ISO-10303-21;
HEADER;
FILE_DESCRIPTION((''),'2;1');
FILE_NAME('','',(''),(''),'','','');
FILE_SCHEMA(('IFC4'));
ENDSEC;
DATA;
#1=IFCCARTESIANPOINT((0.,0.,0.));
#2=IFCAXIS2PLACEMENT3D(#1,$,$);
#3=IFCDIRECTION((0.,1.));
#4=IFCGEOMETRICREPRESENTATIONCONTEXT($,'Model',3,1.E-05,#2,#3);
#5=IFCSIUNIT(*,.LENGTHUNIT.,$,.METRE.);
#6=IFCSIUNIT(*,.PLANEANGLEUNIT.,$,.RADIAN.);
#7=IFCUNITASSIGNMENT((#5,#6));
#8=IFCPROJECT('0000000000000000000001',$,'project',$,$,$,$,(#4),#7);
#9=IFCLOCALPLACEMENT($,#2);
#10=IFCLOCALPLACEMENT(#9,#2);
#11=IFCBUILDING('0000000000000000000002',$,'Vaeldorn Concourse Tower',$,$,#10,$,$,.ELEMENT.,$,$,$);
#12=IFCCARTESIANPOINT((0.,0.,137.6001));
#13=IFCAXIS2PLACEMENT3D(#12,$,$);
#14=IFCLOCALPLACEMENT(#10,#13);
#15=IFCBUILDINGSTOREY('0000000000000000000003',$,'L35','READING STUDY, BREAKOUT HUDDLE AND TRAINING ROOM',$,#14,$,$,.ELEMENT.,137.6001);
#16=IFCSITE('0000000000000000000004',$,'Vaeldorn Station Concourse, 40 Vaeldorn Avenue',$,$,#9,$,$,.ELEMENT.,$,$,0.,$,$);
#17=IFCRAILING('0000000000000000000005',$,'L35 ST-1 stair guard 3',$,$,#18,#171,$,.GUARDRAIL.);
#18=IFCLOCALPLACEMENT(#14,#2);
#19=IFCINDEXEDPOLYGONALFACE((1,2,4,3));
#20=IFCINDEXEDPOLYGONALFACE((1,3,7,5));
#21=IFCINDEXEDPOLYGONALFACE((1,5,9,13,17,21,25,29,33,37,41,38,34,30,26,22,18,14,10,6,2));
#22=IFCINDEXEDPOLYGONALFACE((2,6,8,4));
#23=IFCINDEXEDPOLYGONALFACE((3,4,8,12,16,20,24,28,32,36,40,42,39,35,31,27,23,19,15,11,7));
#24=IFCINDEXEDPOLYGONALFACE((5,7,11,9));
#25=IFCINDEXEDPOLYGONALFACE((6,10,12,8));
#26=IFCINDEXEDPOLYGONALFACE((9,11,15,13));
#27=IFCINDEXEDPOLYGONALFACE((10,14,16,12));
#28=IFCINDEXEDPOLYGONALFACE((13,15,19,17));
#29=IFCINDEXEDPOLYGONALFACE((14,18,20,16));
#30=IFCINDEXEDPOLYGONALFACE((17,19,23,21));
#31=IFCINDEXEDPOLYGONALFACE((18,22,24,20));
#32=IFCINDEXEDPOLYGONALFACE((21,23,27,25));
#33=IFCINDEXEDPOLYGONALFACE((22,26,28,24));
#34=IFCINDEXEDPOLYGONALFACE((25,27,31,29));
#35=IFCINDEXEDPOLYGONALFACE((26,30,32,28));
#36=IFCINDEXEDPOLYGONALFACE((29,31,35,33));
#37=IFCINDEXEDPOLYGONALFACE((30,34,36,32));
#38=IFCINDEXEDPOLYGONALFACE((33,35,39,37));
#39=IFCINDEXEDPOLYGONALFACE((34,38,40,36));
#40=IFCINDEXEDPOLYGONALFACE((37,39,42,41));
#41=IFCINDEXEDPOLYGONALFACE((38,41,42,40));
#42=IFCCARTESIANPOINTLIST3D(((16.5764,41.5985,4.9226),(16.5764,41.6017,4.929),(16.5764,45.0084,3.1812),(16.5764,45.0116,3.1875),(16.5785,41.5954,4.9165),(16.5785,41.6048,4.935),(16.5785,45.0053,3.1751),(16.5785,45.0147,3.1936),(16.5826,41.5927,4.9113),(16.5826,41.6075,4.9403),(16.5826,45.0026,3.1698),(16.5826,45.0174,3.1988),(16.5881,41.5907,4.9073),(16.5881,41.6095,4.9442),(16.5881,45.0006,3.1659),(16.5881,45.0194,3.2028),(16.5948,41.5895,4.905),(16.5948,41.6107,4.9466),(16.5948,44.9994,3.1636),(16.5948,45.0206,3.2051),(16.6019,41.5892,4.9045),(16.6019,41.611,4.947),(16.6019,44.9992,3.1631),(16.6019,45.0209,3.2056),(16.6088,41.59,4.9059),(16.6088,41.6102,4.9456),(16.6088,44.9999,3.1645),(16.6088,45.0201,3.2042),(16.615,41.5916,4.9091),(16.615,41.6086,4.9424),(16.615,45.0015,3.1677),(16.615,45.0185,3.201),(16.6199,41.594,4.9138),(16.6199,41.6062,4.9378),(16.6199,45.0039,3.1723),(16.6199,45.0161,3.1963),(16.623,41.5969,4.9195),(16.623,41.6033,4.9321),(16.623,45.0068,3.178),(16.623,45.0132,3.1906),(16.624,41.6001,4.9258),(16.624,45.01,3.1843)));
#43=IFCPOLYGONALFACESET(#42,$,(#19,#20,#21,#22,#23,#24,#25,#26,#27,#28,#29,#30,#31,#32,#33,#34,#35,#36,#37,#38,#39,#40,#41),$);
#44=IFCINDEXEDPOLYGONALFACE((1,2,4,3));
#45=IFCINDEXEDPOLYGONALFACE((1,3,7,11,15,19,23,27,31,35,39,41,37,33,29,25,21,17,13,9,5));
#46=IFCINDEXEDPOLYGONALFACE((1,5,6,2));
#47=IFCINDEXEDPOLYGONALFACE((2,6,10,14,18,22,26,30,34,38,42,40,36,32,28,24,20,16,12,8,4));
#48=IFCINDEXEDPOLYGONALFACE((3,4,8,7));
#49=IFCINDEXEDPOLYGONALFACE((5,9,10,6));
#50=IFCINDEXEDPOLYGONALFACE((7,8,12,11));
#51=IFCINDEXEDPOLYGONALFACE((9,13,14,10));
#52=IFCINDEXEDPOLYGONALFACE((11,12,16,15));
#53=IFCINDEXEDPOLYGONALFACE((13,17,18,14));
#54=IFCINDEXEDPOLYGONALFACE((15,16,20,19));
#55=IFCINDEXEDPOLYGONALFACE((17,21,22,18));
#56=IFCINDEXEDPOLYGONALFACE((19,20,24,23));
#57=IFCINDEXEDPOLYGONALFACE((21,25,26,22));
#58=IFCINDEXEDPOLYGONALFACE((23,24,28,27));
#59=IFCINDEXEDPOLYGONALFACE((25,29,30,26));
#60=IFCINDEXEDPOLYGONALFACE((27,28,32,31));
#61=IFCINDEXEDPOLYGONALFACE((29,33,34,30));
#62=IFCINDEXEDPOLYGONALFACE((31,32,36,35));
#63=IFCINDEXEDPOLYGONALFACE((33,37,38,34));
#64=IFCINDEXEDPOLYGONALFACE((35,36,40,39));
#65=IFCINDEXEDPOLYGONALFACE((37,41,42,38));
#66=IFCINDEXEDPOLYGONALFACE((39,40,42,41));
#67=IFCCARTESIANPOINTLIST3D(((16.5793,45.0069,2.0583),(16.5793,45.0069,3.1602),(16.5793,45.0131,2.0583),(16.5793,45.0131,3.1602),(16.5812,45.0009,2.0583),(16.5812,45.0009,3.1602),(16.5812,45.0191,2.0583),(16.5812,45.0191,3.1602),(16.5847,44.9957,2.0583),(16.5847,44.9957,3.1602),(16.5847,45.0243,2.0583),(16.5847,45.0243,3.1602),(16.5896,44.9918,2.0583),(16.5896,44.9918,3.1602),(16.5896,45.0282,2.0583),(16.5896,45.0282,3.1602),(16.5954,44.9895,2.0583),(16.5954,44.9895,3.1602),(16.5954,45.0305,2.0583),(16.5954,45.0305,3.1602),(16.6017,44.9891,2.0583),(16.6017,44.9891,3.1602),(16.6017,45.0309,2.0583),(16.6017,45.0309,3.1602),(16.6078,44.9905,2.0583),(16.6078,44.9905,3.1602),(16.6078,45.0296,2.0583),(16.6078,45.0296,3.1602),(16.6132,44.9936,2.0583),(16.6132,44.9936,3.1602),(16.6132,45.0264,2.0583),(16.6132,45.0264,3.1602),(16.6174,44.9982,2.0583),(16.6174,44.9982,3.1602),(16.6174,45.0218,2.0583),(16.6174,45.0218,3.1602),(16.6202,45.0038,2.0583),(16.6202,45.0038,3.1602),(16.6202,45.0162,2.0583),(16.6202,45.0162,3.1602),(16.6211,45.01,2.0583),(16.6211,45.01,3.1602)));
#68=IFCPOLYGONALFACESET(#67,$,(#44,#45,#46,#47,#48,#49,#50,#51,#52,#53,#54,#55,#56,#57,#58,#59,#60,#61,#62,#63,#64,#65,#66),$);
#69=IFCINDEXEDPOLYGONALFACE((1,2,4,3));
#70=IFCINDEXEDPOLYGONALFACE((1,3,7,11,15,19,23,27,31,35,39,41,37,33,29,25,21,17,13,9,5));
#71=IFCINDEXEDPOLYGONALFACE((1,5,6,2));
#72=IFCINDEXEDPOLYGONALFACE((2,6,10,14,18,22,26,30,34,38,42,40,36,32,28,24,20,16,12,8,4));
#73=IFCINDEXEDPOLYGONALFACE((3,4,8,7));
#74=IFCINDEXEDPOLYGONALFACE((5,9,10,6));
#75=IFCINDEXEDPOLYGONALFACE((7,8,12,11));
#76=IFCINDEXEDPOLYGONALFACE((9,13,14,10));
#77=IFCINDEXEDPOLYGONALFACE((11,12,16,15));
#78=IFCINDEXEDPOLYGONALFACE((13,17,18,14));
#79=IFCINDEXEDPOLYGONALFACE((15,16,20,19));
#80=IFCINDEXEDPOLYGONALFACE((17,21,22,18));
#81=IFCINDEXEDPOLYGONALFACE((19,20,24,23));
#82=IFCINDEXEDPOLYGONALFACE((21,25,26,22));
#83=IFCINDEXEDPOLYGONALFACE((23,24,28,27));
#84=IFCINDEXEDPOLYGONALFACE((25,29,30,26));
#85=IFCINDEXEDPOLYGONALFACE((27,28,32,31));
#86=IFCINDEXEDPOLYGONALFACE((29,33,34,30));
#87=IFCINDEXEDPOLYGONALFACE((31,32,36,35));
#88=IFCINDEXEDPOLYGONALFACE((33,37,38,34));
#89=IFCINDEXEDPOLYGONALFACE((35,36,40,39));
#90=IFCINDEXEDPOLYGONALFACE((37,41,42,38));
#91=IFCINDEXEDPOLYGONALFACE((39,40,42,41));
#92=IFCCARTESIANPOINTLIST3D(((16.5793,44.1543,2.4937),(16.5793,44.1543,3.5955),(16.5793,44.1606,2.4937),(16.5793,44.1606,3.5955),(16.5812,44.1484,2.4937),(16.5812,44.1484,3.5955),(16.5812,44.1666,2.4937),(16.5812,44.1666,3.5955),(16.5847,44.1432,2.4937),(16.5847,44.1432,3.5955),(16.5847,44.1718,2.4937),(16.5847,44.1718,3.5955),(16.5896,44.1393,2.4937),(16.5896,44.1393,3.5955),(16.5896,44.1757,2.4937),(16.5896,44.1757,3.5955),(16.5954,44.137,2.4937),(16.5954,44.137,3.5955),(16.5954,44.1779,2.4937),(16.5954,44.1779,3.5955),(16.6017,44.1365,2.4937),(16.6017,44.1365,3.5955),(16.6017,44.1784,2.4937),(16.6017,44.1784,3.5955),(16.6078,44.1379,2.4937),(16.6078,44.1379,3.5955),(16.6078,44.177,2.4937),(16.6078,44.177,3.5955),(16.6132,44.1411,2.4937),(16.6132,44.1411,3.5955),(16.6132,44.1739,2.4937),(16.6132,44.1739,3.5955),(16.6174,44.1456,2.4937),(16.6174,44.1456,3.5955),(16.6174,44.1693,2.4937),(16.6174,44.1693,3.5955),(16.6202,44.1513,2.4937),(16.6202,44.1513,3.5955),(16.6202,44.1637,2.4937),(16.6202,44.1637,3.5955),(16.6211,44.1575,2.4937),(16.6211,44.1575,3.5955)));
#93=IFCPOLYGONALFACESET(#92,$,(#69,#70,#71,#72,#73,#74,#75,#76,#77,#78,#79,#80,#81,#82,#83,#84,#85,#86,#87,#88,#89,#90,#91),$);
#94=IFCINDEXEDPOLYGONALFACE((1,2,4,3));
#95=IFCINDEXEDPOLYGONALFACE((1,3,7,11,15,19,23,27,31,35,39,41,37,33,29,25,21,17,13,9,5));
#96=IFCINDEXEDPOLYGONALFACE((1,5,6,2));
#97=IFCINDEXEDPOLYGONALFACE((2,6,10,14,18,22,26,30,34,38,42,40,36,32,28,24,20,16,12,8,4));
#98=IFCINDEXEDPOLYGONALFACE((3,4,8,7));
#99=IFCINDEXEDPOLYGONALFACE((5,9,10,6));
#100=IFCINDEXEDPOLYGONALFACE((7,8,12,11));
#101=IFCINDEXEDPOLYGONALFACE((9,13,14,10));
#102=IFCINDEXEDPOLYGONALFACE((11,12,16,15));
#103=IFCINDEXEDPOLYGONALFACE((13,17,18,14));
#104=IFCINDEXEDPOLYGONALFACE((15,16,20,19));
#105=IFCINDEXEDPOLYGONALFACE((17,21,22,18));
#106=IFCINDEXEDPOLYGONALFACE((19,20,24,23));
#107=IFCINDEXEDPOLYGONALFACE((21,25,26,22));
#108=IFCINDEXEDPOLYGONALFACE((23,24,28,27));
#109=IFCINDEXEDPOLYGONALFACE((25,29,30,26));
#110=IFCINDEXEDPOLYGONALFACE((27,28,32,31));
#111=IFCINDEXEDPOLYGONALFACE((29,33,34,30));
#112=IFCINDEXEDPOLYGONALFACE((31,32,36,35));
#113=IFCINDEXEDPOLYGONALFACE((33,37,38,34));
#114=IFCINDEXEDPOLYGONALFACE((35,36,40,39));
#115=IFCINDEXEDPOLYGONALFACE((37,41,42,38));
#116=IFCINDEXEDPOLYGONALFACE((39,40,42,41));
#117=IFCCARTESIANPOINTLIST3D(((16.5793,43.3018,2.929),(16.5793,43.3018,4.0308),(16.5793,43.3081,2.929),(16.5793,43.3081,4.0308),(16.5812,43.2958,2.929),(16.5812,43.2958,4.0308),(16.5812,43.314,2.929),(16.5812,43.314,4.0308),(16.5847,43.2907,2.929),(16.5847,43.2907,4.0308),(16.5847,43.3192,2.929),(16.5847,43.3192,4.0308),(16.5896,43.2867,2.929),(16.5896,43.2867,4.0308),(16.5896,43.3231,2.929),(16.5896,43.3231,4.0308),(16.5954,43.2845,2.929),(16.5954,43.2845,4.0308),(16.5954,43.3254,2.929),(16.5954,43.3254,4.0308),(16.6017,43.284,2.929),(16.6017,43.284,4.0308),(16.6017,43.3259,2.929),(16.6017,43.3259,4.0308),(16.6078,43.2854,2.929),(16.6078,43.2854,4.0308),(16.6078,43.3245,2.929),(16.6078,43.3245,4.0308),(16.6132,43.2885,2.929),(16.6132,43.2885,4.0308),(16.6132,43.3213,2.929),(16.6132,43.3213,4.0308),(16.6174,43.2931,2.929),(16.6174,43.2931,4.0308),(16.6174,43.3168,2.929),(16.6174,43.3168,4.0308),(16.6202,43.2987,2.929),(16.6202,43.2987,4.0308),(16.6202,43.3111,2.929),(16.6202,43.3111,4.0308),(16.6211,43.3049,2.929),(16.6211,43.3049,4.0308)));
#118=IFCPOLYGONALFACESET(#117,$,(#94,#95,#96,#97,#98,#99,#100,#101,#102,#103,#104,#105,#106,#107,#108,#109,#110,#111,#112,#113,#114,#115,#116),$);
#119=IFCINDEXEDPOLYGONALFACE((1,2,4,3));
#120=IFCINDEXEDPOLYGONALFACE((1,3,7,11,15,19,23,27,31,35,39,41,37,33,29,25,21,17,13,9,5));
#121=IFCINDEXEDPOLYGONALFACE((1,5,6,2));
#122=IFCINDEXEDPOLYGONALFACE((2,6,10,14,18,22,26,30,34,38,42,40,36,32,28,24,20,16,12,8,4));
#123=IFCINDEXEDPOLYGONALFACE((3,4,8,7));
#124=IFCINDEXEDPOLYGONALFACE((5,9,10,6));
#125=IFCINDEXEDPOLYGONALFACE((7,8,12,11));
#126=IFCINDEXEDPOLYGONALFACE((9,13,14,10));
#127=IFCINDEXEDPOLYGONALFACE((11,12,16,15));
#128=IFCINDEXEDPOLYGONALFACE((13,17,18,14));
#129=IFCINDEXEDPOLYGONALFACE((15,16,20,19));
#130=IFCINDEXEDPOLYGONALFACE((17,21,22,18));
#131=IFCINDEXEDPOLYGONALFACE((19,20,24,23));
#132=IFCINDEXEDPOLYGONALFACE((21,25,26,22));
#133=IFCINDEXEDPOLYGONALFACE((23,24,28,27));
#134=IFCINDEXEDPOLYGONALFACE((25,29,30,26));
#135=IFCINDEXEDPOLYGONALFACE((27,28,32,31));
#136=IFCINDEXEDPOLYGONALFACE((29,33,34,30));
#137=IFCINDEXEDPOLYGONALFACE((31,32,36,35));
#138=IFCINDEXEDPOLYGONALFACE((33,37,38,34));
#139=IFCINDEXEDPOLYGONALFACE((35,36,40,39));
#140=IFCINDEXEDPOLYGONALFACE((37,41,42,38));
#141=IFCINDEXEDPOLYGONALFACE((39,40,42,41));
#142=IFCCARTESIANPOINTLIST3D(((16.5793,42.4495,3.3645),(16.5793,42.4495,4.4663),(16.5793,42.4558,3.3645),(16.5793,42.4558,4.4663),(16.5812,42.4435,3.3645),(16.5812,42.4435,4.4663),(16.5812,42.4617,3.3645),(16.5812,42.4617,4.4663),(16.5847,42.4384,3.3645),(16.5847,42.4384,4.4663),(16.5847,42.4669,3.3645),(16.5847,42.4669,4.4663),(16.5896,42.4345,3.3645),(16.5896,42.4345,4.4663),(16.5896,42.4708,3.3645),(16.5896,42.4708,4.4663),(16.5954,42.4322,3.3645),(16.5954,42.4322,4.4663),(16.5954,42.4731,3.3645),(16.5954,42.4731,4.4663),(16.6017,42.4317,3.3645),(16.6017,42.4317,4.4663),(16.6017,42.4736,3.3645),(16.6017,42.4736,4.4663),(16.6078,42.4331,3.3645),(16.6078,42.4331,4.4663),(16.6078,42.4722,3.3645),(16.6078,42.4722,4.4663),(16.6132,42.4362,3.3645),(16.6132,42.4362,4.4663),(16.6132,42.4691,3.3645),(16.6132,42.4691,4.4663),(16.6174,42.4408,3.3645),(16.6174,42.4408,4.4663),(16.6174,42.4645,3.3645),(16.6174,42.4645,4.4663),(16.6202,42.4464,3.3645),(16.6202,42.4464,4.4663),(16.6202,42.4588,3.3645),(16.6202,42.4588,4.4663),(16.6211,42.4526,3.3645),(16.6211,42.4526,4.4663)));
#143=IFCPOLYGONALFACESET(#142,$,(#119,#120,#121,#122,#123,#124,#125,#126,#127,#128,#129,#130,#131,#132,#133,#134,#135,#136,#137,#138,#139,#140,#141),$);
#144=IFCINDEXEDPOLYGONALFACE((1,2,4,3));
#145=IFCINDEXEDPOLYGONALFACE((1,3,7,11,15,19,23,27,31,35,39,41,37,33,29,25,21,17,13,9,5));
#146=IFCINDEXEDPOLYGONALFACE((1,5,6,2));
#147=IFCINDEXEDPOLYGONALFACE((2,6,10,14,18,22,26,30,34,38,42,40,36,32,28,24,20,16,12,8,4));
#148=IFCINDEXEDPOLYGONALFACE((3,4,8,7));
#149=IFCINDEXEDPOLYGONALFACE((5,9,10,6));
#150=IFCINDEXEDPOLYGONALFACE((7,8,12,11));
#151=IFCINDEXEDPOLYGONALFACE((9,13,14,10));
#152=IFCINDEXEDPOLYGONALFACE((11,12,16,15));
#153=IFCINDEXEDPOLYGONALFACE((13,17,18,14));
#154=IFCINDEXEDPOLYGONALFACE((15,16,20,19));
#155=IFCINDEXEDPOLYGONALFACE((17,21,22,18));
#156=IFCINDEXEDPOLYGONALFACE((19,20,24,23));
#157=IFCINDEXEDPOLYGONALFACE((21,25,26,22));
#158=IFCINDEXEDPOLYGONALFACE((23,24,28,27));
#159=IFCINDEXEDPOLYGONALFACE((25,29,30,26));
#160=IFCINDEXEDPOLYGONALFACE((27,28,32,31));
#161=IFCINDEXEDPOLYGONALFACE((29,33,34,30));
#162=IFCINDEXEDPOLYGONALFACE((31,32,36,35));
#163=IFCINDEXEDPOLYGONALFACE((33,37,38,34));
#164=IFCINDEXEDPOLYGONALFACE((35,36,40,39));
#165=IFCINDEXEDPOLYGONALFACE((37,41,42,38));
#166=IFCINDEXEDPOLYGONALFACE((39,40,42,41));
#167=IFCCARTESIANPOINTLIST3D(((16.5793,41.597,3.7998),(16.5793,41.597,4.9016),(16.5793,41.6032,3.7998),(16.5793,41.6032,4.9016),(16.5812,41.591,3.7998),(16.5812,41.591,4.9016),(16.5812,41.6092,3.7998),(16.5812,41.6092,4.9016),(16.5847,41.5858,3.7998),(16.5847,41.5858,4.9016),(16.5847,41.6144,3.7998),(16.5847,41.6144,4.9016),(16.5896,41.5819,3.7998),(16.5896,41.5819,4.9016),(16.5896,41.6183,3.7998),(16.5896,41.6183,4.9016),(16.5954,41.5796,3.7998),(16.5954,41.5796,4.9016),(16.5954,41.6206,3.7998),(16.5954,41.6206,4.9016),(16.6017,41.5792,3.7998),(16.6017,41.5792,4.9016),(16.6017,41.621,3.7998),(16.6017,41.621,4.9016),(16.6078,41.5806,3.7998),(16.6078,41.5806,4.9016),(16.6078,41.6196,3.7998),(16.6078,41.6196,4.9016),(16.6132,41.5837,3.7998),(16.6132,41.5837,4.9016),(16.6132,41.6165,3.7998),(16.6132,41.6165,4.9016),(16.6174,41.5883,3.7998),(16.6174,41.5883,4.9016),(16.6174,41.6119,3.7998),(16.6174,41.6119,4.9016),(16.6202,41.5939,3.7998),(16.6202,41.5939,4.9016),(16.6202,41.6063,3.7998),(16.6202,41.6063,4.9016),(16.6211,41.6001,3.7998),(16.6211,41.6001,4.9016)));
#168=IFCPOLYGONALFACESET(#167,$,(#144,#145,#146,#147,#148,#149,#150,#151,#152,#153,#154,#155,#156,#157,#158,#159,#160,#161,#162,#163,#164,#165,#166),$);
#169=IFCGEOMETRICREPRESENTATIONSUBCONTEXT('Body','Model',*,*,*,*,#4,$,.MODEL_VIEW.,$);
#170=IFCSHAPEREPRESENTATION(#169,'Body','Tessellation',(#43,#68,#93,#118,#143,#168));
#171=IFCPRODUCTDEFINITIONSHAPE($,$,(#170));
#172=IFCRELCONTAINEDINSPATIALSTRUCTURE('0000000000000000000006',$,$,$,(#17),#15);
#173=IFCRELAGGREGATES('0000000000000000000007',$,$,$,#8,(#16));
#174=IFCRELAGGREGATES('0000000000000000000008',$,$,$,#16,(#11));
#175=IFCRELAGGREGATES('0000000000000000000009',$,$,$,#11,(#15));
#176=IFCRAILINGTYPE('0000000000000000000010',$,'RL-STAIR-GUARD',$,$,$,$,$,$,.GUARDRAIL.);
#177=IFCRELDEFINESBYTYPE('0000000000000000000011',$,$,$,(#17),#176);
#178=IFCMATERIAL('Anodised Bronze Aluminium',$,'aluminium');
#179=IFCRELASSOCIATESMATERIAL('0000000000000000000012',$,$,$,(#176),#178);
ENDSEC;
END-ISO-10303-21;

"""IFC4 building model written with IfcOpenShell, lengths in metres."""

from ifc_helpers import new_model, si_unit, direction, frame, origin, origin_2d, place, context, subcontext, project, spatial, circle, extrude, material, type_object, element, save


model = new_model("IFC4")

# Units and contexts
model_context = context("Model", 3, precision=1e-05, world=origin(), true_north=direction((0.0, 1.0)))
body_context = subcontext(model_context, "Body", "Model", "MODEL_VIEW")
ifc_project = project(units=[si_unit("LENGTHUNIT", "METRE"), si_unit("PLANEANGLEUNIT", "RADIAN")], contexts=[model_context])

# Site, building, storey
site_placement = place(None, origin())
site = spatial("IfcSite", under=ifc_project, at=site_placement, Name="Vaeldorn Station Concourse, 40 Vaeldorn Avenue", CompositionType="ELEMENT", RefElevation=0.0)
building_placement = place(site_placement, origin())
building = spatial("IfcBuilding", under=site, at=building_placement, Name="Vaeldorn Concourse Tower", CompositionType="ELEMENT")
storey_placement = place(building_placement, frame((0.0, 0.0, 137.6001)))
storey = spatial("IfcBuildingStorey", under=building, at=storey_placement, Name="L35", Description="READING STUDY, BREAKOUT HUDDLE AND TRAINING ROOM", CompositionType="ELEMENT", Elevation=137.6001)

# Shared definitions
ifc_material_1 = material(Name="Anodised Bronze Aluminium", Category="aluminium")

# Railing
railing_type_1 = type_object("IfcRailingType", Name="RL-STAIR-GUARD", PredefinedType="GUARDRAIL", material=ifc_material_1)
railing_1_placement = place(storey_placement, frame((16.6001, 45.01, 2.0583)))
element("IfcRailing", 1, at=railing_1_placement, inside=storey, type_object=railing_type_1, Name="L35 ST-1 stair guard 3", PredefinedType="GUARDRAIL", context=body_context, shape_type="SweptSolid", body=[
    extrude(circle(Radius=0.0239, at=origin_2d()), frame((0.0, 0.0, 1.126), z_axis=(0.0, -0.890582, 0.454823), x_axis=(1.0, 0.0, 0.0)), (0.0, 0.0, 1.0), 3.8289),
    extrude(circle(Radius=0.021, at=origin_2d()), origin(), (0.0, 0.0, 1.0), 1.1018),
    extrude(circle(Radius=0.021, at=origin_2d()), frame((0.0, -0.8525, 0.4353)), (0.0, 0.0, 1.0), 1.1018),
    extrude(circle(Radius=0.021, at=origin_2d()), frame((0.0, -1.7051, 0.8706)), (0.0, 0.0, 1.0), 1.1018),
    extrude(circle(Radius=0.021, at=origin_2d()), frame((0.0, -2.5574, 1.3062)), (0.0, 0.0, 1.0), 1.1018),
    extrude(circle(Radius=0.021, at=origin_2d()), frame((0.0, -3.4099, 1.7415)), (0.0, 0.0, 1.0), 1.1018),
])

save(model, "model.ifc")
